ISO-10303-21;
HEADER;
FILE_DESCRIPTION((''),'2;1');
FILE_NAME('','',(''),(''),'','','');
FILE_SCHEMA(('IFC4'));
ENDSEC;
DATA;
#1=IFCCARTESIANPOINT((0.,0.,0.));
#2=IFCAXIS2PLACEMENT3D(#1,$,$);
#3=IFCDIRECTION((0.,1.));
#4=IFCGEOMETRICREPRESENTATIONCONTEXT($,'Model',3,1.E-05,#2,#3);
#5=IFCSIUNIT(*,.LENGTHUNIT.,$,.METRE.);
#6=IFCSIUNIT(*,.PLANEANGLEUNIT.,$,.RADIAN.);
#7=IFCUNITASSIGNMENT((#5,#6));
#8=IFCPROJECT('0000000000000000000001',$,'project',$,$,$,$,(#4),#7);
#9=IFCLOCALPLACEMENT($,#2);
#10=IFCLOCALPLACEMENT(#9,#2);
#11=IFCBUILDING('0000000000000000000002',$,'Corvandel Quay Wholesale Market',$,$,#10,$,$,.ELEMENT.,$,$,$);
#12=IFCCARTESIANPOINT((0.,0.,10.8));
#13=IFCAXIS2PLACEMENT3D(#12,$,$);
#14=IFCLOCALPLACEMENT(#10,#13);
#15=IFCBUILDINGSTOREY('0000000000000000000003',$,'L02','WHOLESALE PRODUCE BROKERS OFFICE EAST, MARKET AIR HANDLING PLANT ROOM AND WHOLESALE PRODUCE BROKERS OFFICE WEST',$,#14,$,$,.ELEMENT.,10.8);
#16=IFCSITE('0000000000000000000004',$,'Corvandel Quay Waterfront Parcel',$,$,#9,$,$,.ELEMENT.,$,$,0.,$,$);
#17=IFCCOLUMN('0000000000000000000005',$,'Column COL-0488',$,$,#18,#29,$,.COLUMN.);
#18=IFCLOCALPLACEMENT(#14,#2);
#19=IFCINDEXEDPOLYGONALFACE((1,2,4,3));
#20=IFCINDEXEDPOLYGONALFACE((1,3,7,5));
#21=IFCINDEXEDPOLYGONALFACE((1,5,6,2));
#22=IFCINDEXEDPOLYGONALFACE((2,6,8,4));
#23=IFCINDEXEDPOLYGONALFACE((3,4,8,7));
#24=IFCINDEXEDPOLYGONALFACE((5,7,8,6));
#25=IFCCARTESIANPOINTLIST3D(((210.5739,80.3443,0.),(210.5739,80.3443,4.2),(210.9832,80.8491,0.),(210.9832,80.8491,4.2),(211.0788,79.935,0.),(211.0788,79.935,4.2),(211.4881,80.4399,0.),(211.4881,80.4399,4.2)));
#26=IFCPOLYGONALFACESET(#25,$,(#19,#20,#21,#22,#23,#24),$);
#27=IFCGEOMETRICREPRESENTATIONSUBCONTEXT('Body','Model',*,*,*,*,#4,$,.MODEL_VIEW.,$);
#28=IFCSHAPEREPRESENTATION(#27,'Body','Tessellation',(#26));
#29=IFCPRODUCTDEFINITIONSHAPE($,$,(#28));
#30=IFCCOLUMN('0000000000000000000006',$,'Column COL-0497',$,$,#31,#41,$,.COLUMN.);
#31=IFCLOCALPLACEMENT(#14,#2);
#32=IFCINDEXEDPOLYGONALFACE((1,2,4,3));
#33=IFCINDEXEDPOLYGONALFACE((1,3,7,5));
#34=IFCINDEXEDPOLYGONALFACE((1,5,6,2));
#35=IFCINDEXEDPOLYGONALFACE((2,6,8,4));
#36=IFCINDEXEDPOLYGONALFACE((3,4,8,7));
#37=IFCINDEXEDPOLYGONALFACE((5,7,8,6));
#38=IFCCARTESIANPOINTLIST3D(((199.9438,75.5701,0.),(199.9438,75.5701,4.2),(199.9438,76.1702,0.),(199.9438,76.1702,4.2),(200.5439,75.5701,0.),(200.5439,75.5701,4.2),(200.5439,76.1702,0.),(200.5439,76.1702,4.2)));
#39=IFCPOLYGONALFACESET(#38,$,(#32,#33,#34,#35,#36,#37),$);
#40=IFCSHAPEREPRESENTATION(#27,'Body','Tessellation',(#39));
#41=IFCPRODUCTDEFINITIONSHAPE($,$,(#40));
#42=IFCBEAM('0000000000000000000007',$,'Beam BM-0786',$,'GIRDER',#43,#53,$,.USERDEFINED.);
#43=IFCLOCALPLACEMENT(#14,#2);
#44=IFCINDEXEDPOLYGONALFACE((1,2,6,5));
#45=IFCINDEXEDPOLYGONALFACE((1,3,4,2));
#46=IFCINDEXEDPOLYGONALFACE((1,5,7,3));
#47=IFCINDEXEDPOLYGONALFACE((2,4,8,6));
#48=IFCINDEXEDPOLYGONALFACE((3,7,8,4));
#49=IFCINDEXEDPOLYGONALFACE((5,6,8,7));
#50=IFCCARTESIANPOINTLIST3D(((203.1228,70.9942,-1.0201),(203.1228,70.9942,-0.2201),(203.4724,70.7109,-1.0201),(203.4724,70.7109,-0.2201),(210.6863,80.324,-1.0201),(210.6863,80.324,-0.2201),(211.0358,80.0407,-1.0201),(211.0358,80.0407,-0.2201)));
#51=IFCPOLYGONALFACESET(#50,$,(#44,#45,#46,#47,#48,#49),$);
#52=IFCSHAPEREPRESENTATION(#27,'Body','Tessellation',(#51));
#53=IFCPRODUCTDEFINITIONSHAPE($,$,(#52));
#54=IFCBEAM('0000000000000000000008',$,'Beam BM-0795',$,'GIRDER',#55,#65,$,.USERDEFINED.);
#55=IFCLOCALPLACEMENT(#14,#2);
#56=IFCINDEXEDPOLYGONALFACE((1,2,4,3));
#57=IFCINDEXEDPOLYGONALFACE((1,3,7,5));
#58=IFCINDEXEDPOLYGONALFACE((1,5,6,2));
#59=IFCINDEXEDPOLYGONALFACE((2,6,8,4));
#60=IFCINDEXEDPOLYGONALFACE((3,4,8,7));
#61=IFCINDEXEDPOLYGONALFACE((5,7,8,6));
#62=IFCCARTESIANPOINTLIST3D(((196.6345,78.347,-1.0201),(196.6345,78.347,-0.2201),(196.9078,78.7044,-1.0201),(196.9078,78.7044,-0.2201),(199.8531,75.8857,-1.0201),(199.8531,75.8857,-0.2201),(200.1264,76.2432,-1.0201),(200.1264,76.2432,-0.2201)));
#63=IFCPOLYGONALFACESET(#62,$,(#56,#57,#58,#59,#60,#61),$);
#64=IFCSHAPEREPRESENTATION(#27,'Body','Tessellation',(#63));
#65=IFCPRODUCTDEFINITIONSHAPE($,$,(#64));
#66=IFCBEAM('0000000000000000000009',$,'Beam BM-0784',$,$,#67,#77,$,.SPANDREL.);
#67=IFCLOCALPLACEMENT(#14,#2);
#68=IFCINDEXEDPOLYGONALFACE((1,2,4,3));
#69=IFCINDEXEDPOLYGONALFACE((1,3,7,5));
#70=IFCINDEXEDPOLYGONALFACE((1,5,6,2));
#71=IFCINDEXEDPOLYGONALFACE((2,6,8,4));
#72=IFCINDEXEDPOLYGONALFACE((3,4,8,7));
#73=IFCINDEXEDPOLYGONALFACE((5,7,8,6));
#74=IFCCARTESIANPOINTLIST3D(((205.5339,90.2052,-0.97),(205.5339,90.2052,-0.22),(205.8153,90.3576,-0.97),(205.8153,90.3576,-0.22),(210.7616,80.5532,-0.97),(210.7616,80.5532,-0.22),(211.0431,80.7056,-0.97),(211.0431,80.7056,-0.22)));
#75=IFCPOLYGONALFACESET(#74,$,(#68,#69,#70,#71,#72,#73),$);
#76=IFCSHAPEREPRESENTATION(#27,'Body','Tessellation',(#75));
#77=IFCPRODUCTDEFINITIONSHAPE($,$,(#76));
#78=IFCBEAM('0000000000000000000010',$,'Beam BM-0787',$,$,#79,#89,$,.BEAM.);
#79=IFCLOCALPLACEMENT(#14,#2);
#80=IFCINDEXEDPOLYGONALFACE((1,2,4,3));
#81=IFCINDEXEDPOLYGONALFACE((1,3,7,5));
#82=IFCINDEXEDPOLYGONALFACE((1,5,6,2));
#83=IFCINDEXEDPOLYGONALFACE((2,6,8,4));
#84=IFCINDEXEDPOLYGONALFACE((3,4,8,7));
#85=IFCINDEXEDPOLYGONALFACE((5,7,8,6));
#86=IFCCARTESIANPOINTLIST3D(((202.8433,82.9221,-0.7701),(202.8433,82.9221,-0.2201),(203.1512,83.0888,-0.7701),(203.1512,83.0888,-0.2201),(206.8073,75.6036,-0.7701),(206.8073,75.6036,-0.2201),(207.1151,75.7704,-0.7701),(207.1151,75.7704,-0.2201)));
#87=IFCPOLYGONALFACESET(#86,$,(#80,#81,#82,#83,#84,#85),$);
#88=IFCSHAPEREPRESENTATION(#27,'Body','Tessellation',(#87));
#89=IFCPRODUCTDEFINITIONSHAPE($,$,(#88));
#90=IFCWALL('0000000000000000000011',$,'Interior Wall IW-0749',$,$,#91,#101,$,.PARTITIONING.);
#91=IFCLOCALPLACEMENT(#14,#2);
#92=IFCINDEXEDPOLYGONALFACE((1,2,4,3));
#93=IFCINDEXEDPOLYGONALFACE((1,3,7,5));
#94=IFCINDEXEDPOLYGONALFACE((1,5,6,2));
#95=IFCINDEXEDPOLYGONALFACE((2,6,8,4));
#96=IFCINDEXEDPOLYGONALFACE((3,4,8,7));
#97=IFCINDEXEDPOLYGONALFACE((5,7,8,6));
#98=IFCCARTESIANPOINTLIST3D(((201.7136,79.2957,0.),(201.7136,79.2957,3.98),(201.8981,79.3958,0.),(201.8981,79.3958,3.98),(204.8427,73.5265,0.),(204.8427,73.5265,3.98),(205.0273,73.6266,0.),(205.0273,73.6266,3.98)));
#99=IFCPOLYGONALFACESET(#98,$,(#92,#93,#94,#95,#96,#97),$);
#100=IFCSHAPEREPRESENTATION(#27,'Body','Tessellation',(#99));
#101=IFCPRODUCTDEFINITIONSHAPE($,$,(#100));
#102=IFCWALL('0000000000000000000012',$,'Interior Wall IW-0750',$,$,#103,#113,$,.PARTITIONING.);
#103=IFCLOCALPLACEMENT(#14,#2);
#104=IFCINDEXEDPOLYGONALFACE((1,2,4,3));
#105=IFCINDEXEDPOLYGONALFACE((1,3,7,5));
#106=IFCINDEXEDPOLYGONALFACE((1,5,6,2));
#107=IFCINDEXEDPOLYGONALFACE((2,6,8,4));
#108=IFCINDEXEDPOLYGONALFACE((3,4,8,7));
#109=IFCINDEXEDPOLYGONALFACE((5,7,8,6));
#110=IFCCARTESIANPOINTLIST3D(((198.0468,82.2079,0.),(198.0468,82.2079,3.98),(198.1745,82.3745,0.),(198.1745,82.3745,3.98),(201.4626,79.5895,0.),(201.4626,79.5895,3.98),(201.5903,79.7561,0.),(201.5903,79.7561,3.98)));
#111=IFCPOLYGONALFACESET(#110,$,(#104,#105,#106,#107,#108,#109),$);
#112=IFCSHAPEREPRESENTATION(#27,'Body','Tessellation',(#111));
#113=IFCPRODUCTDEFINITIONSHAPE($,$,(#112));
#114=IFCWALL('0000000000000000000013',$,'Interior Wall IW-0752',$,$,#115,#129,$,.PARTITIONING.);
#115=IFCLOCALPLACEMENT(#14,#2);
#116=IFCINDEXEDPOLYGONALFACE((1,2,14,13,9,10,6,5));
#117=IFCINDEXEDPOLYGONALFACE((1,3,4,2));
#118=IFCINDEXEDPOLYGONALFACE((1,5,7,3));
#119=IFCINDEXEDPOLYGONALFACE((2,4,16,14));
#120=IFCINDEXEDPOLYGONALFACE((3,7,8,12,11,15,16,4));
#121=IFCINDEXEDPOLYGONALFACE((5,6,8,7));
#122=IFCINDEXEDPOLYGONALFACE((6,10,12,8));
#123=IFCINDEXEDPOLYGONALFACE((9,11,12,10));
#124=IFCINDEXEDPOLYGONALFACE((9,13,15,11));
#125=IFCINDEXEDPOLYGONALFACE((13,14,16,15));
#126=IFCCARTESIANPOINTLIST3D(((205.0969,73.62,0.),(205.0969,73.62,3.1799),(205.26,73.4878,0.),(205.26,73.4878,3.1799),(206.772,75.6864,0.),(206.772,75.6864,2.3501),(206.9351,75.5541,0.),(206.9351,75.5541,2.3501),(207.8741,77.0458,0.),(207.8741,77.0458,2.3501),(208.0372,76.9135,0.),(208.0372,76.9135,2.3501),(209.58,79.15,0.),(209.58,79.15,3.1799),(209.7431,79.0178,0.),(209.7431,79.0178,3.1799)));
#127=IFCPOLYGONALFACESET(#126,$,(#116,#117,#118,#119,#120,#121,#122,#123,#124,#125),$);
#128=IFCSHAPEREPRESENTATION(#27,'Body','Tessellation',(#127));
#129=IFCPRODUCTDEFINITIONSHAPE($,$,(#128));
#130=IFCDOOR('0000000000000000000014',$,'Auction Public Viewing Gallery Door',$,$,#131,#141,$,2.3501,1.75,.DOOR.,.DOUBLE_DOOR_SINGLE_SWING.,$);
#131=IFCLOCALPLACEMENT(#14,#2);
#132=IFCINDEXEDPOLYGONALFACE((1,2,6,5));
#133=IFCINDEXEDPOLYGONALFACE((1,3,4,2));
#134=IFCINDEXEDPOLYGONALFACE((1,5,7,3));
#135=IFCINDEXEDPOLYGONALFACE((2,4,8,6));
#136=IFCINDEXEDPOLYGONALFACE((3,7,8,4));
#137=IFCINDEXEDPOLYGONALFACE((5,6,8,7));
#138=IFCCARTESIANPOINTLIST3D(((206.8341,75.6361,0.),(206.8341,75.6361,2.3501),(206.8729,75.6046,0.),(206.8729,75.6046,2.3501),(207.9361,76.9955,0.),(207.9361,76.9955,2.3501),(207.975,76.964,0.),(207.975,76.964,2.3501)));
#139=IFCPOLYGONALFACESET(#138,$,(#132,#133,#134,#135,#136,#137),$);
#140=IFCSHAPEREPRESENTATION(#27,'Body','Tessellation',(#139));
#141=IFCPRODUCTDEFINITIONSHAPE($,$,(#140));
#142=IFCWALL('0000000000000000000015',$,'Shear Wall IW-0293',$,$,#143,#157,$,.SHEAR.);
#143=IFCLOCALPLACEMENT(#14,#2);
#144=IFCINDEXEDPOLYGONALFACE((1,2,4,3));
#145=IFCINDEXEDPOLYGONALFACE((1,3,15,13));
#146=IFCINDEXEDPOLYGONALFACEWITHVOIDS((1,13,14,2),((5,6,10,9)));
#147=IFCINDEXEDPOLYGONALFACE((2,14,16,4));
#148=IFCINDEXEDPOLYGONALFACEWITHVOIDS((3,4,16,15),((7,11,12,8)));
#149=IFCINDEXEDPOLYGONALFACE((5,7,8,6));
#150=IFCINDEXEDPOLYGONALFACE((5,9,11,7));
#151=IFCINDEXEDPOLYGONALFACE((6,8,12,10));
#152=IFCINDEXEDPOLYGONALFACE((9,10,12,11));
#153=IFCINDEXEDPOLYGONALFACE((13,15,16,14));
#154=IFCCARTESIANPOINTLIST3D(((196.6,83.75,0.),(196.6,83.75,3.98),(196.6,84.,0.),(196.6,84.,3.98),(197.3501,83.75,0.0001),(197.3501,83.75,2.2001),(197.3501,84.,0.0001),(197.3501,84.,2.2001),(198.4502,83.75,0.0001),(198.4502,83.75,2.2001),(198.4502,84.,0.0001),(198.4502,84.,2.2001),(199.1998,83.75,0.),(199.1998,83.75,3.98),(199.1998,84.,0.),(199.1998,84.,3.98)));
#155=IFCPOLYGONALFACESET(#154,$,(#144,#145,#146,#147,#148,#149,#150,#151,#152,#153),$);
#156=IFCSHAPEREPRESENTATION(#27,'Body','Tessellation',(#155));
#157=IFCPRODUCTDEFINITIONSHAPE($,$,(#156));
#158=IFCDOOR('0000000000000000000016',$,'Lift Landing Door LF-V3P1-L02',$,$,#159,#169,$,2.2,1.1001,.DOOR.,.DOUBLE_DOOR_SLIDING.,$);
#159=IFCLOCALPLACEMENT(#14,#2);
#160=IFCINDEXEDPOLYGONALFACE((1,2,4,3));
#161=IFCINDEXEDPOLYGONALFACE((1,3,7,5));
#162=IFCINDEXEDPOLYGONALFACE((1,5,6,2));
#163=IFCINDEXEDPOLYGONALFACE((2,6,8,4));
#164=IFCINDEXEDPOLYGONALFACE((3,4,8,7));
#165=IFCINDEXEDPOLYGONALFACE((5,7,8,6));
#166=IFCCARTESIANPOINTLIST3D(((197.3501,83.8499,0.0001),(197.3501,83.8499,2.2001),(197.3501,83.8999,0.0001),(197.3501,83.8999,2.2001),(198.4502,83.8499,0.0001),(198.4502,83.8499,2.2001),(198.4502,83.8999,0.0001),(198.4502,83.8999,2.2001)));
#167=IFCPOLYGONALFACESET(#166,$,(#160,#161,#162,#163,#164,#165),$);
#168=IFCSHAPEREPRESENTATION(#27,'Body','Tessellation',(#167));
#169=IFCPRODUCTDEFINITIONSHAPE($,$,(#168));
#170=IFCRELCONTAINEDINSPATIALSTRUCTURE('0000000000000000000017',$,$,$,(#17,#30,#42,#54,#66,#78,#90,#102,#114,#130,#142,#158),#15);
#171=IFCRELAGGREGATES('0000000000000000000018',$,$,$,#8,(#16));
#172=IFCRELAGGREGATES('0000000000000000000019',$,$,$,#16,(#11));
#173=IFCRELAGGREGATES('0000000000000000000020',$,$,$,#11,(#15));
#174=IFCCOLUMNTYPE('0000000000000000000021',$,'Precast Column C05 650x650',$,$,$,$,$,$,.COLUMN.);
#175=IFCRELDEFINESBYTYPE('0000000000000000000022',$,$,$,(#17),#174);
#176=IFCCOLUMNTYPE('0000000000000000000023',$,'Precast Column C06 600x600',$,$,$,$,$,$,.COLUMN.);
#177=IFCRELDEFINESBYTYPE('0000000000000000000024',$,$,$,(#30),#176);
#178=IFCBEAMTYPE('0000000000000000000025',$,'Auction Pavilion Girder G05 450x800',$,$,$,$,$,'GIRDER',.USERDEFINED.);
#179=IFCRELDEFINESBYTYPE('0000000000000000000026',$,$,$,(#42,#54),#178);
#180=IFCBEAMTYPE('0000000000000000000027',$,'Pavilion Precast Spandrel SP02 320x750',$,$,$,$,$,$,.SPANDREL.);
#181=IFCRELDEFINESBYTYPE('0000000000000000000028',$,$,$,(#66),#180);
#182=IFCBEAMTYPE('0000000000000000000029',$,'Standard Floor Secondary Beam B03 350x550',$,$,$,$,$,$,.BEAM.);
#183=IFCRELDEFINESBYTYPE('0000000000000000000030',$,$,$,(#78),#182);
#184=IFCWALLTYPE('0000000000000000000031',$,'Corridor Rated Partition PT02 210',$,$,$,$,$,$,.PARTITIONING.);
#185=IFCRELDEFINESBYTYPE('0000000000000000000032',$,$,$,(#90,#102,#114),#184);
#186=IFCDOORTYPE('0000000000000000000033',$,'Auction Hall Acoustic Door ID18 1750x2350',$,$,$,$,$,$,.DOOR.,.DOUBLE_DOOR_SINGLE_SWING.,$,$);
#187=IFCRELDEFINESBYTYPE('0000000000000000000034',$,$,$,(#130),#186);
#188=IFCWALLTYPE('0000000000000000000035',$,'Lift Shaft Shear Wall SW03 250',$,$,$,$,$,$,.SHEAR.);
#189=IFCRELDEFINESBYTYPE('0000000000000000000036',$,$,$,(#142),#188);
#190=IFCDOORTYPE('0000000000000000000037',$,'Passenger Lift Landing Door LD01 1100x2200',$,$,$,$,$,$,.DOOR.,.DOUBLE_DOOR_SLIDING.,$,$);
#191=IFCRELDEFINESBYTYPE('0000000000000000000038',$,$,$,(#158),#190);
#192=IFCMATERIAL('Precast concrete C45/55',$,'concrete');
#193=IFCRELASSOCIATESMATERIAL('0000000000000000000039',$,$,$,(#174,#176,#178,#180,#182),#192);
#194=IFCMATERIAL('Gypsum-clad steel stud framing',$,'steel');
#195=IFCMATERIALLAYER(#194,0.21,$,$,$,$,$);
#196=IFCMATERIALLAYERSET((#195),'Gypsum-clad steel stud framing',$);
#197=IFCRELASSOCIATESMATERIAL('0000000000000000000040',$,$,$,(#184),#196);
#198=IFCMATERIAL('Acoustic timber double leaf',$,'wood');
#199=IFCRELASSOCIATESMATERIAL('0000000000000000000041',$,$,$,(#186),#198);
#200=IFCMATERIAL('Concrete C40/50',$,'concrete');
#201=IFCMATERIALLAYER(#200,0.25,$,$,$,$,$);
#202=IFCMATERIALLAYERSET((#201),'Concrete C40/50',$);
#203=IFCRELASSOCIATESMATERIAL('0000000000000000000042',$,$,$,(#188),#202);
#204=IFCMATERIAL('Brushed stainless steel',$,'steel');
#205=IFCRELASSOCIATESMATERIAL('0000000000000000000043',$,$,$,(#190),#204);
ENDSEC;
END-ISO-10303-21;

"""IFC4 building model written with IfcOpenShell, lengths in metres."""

from ifc_helpers import new_model, si_unit, direction, frame, frame_2d, origin, origin_2d, place, context, subcontext, project, spatial, rectangle, extrude, material, layer, layer_set, material_profile, profile_set, type_object, element, fill, save


model = new_model("IFC4")

# Units and contexts
model_context = context("Model", 3, precision=1e-05, world=origin(), true_north=direction((0.0, 1.0)))
body_context = subcontext(model_context, "Body", "Model", "MODEL_VIEW")
ifc_project = project(units=[si_unit("LENGTHUNIT", "METRE"), si_unit("PLANEANGLEUNIT", "RADIAN")], contexts=[model_context])

# Site, building, storey
site_placement = place(None, origin())
site = spatial("IfcSite", under=ifc_project, at=site_placement, Name="Corvandel Quay Waterfront Parcel", CompositionType="ELEMENT", RefElevation=0.0)
building_placement = place(site_placement, origin())
building = spatial("IfcBuilding", under=site, at=building_placement, Name="Corvandel Quay Wholesale Market", CompositionType="ELEMENT")
storey_placement = place(building_placement, frame((0.0, 0.0, 10.8)))
storey = spatial("IfcBuildingStorey", under=building, at=storey_placement, Name="L02", Description="WHOLESALE PRODUCE BROKERS OFFICE EAST, MARKET AIR HANDLING PLANT ROOM AND WHOLESALE PRODUCE BROKERS OFFICE WEST", CompositionType="ELEMENT", Elevation=10.8)

# Columns
ifc_material_1 = material(Name="Precast concrete C45/55", Category="concrete")
ifc_material_profile_1 = material_profile(ifc_material_1, rectangle(XDim=0.6499, YDim=0.6499, at=origin_2d()), Name="PC-COL-650x650")
ifc_profile_set_1 = profile_set([ifc_material_profile_1], Name="Precast concrete C45/55")
column_type_1 = type_object("IfcColumnType", Name="Precast Column C05 650x650", PredefinedType="COLUMN", material=ifc_profile_set_1)
column_1_placement = place(storey_placement, frame((211.031, 80.3921, 0.0), z_axis=(0.0, 0.0, 1.0), x_axis=(-0.776816, 0.629727, 0.0)))
element("IfcColumn", 1, at=column_1_placement, inside=storey, type_object=column_type_1, Name="Column COL-0488", PredefinedType="COLUMN", context=body_context, shape_type="SweptSolid", body=[
    extrude(rectangle(XDim=0.6499, YDim=0.6499, at=origin_2d()), origin(), (0.0, 0.0, 1.0), 4.2),
])
ifc_material_profile_2 = material_profile(ifc_material_1, rectangle(XDim=0.6001, YDim=0.6001, at=origin_2d()), Name="PC-COL-600x600")
ifc_profile_set_2 = profile_set([ifc_material_profile_2], Name="Precast concrete C45/55")
column_type_2 = type_object("IfcColumnType", Name="Precast Column C06 600x600", PredefinedType="COLUMN", material=ifc_profile_set_2)
column_2_placement = place(storey_placement, frame((200.2439, 75.8701, 0.0), z_axis=(0.0, 0.0, 1.0), x_axis=(1.0, 0.0, 0.0)))
element("IfcColumn", 2, at=column_2_placement, inside=storey, type_object=column_type_2, Name="Column COL-0497", PredefinedType="COLUMN", context=body_context, shape_type="SweptSolid", body=[
    extrude(rectangle(XDim=0.6001, YDim=0.6001, at=origin_2d()), origin(), (0.0, 0.0, 1.0), 4.2),
])

# Beams
ifc_material_profile_3 = material_profile(ifc_material_1, rectangle(XDim=0.45, YDim=0.8, at=origin_2d()), Name="PC-GIR-450x800")
ifc_profile_set_3 = profile_set([ifc_material_profile_3], Name="Precast concrete C45/55")
beam_type_1 = type_object("IfcBeamType", Name="Auction Pavilion Girder G05 450x800", ElementType="GIRDER", PredefinedType="USERDEFINED", material=ifc_profile_set_3)
beam_1_placement = place(storey_placement, frame((210.8611, 80.1824, -0.6201), z_axis=(-0.629739, -0.776807, 0.0), x_axis=(0.776807, -0.629739, 0.0)))
element("IfcBeam", 3, at=beam_1_placement, inside=storey, type_object=beam_type_1, Name="Beam BM-0786", ObjectType="GIRDER", PredefinedType="USERDEFINED", context=body_context, shape_type="SweptSolid", body=[
    extrude(rectangle(XDim=0.45, YDim=0.8, at=origin_2d()), origin(), (0.0, 0.0, 1.0), 12.0105),
])
beam_2_placement = place(storey_placement, frame((199.9897, 76.0645, -0.6201), z_axis=(-0.794361, 0.607446, 0.0), x_axis=(-0.607446, -0.794361, 0.0)))
element("IfcBeam", 4, at=beam_2_placement, inside=storey, type_object=beam_type_1, Name="Beam BM-0795", ObjectType="GIRDER", PredefinedType="USERDEFINED", context=body_context, shape_type="SweptSolid", body=[
    extrude(rectangle(XDim=0.45, YDim=0.8, at=origin_2d()), origin(), (0.0, 0.0, 1.0), 4.0518),
])
ifc_material_profile_4 = material_profile(ifc_material_1, rectangle(XDim=0.3201, YDim=0.75, at=origin_2d()), Name="PC-SPN-320x750")
ifc_profile_set_4 = profile_set([ifc_material_profile_4], Name="Precast concrete C45/55")
beam_type_2 = type_object("IfcBeamType", Name="Pavilion Precast Spandrel SP02 320x750", PredefinedType="SPANDREL", material=ifc_profile_set_4)
beam_3_placement = place(storey_placement, frame((210.9023, 80.6294, -0.595), z_axis=(-0.476252, 0.879309, 0.0), x_axis=(-0.879309, -0.476252, 0.0)))
element("IfcBeam", 5, at=beam_3_placement, inside=storey, type_object=beam_type_2, Name="Beam BM-0784", PredefinedType="SPANDREL", context=body_context, shape_type="SweptSolid", body=[
    extrude(rectangle(XDim=0.3201, YDim=0.75, at=origin_2d()), origin(), (0.0, 0.0, 1.0), 10.9768),
])
ifc_material_profile_5 = material_profile(ifc_material_1, rectangle(XDim=0.3501, YDim=0.55, at=origin_2d()), Name="PC-BM-350x550")
ifc_profile_set_5 = profile_set([ifc_material_profile_5], Name="Precast concrete C45/55")
beam_type_3 = type_object("IfcBeamType", Name="Standard Floor Secondary Beam B03 350x550", PredefinedType="BEAM", material=ifc_profile_set_5)
beam_4_placement = place(storey_placement, frame((206.9612, 75.687, -0.4951), z_axis=(-0.47626, 0.879304, 0.0), x_axis=(-0.879304, -0.47626, 0.0)))
element("IfcBeam", 6, at=beam_4_placement, inside=storey, type_object=beam_type_3, Name="Beam BM-0787", PredefinedType="BEAM", context=body_context, shape_type="SweptSolid", body=[
    extrude(rectangle(XDim=0.3501, YDim=0.55, at=origin_2d()), origin(), (0.0, 0.0, 1.0), 8.323),
])

# Walls
ifc_material_2 = material(Name="Gypsum-clad steel stud framing", Category="steel")
ifc_layer_1 = layer(ifc_material_2, 0.21)
ifc_layer_set_1 = layer_set([ifc_layer_1], Name="Gypsum-clad steel stud framing")
wall_type_1 = type_object("IfcWallType", Name="Corridor Rated Partition PT02 210", PredefinedType="PARTITIONING", material=ifc_layer_set_1)
wall_1_placement = place(storey_placement, frame((204.9351, 73.5764, 0.0), z_axis=(0.0, 0.0, 1.0), x_axis=(-0.476768, 0.879029, 0.0)))
element("IfcWall", 7, at=wall_1_placement, inside=storey, type_object=wall_type_1, Name="Interior Wall IW-0749", PredefinedType="PARTITIONING", context=body_context, shape_type="SweptSolid", body=[
    extrude(rectangle(XDim=6.5632, YDim=0.21, at=frame_2d((3.2817, 0.0))), origin(), (0.0, 0.0, 1.0), 3.98),
])
wall_2_placement = place(storey_placement, frame((201.5264, 79.6729, 0.0), z_axis=(0.0, 0.0, 1.0), x_axis=(-0.793646, 0.60838, 0.0)))
element("IfcWall", 8, at=wall_2_placement, inside=storey, type_object=wall_type_1, Name="Interior Wall IW-0750", PredefinedType="PARTITIONING", context=body_context, shape_type="SweptSolid", body=[
    extrude(rectangle(XDim=4.304, YDim=0.21, at=frame_2d((2.1519, 0.0))), origin(), (0.0, 0.0, 1.0), 3.98),
])

# Walls, openings, doors
wall_3_placement = place(storey_placement, frame((209.6616, 79.084, 0.0), z_axis=(0.0, 0.0, 1.0), x_axis=(-0.629747, -0.776801, 0.0)))
wall_3 = element("IfcWall", 9, at=wall_3_placement, inside=storey, type_object=wall_type_1, Name="Interior Wall IW-0752", PredefinedType="PARTITIONING", context=body_context, shape_type="SweptSolid", body=[
    extrude(rectangle(XDim=7.1189, YDim=0.21, at=frame_2d((3.5596, 0.0))), origin(), (0.0, 0.0, 1.0), 3.1799),
])
opening_1_placement = place(wall_3_placement, frame((2.709, 0.0, 0.0)))
opening_1 = element("IfcOpeningElement", 10, at=opening_1_placement, cuts=wall_3, PredefinedType="OPENING", context=body_context, shape_type="SweptSolid", body=[
    extrude(rectangle(XDim=1.75, YDim=2.3501, at=frame_2d((0.875, 1.175))), frame((0.0, 0.115, 0.0), z_axis=(0.0, -1.0, 0.0), x_axis=(1.0, 0.0, 0.0)), (0.0, 0.0, 1.0), 0.23),
])
ifc_material_3 = material(Name="Acoustic timber double leaf", Category="wood")
door_type_1 = type_object("IfcDoorType", Name="Auction Hall Acoustic Door ID18 1750x2350", OperationType="DOUBLE_DOOR_SINGLE_SWING", PredefinedType="DOOR", material=ifc_material_3)
door_1_placement = place(opening_1_placement, origin())
door_1 = element("IfcDoor", 11, at=door_1_placement, inside=storey, type_object=door_type_1, Name="Auction Public Viewing Gallery Door", OperationType="DOUBLE_DOOR_SINGLE_SWING", OverallHeight=2.3501, OverallWidth=1.75, PredefinedType="DOOR", context=body_context, shape_type="SweptSolid", body=[
    extrude(rectangle(XDim=1.75, YDim=2.3501, at=frame_2d((0.875, 1.175))), frame((0.0, 0.0249, 0.0), z_axis=(0.0, -1.0, 0.0), x_axis=(1.0, 0.0, 0.0)), (0.0, 0.0, 1.0), 0.05),
])
fill(opening_1, door_1)
ifc_material_4 = material(Name="Concrete C40/50", Category="concrete")
ifc_layer_2 = layer(ifc_material_4, 0.25)
ifc_layer_set_2 = layer_set([ifc_layer_2], Name="Concrete C40/50")
wall_type_2 = type_object("IfcWallType", Name="Lift Shaft Shear Wall SW03 250", PredefinedType="SHEAR", material=ifc_layer_set_2)
wall_4_placement = place(storey_placement, frame((196.6001, 83.875, 0.0), z_axis=(0.0, 0.0, 1.0), x_axis=(1.0, 0.0, 0.0)))
wall_4 = element("IfcWall", 12, at=wall_4_placement, inside=storey, type_object=wall_type_2, Name="Shear Wall IW-0293", PredefinedType="SHEAR", context=body_context, shape_type="SweptSolid", body=[
    extrude(rectangle(XDim=2.5999, YDim=0.25, at=frame_2d((1.2998, 0.0))), origin(), (0.0, 0.0, 1.0), 3.98),
])
opening_2_placement = place(wall_4_placement, frame((0.75, 0.0, 0.0)))
opening_2 = element("IfcOpeningElement", 13, at=opening_2_placement, cuts=wall_4, PredefinedType="OPENING", context=body_context, shape_type="SweptSolid", body=[
    extrude(rectangle(XDim=1.1001, YDim=2.2, at=frame_2d((0.55, 1.1001))), frame((0.0, 0.135, 0.0), z_axis=(0.0, -1.0, 0.0), x_axis=(1.0, 0.0, 0.0)), (0.0, 0.0, 1.0), 0.27),
])
ifc_material_5 = material(Name="Brushed stainless steel", Category="steel")
door_type_2 = type_object("IfcDoorType", Name="Passenger Lift Landing Door LD01 1100x2200", OperationType="DOUBLE_DOOR_SLIDING", PredefinedType="DOOR", material=ifc_material_5)
door_2_placement = place(opening_2_placement, origin())
door_2 = element("IfcDoor", 14, at=door_2_placement, inside=storey, type_object=door_type_2, Name="Lift Landing Door LF-V3P1-L02", OperationType="DOUBLE_DOOR_SLIDING", OverallHeight=2.2, OverallWidth=1.1001, PredefinedType="DOOR", context=body_context, shape_type="SweptSolid", body=[
    extrude(rectangle(XDim=1.1001, YDim=2.2, at=frame_2d((0.55, 1.1001))), frame((0.0, 0.0249, 0.0), z_axis=(0.0, -1.0, 0.0), x_axis=(1.0, 0.0, 0.0)), (0.0, 0.0, 1.0), 0.05),
])
fill(opening_2, door_2)

save(model, "model.ifc")
